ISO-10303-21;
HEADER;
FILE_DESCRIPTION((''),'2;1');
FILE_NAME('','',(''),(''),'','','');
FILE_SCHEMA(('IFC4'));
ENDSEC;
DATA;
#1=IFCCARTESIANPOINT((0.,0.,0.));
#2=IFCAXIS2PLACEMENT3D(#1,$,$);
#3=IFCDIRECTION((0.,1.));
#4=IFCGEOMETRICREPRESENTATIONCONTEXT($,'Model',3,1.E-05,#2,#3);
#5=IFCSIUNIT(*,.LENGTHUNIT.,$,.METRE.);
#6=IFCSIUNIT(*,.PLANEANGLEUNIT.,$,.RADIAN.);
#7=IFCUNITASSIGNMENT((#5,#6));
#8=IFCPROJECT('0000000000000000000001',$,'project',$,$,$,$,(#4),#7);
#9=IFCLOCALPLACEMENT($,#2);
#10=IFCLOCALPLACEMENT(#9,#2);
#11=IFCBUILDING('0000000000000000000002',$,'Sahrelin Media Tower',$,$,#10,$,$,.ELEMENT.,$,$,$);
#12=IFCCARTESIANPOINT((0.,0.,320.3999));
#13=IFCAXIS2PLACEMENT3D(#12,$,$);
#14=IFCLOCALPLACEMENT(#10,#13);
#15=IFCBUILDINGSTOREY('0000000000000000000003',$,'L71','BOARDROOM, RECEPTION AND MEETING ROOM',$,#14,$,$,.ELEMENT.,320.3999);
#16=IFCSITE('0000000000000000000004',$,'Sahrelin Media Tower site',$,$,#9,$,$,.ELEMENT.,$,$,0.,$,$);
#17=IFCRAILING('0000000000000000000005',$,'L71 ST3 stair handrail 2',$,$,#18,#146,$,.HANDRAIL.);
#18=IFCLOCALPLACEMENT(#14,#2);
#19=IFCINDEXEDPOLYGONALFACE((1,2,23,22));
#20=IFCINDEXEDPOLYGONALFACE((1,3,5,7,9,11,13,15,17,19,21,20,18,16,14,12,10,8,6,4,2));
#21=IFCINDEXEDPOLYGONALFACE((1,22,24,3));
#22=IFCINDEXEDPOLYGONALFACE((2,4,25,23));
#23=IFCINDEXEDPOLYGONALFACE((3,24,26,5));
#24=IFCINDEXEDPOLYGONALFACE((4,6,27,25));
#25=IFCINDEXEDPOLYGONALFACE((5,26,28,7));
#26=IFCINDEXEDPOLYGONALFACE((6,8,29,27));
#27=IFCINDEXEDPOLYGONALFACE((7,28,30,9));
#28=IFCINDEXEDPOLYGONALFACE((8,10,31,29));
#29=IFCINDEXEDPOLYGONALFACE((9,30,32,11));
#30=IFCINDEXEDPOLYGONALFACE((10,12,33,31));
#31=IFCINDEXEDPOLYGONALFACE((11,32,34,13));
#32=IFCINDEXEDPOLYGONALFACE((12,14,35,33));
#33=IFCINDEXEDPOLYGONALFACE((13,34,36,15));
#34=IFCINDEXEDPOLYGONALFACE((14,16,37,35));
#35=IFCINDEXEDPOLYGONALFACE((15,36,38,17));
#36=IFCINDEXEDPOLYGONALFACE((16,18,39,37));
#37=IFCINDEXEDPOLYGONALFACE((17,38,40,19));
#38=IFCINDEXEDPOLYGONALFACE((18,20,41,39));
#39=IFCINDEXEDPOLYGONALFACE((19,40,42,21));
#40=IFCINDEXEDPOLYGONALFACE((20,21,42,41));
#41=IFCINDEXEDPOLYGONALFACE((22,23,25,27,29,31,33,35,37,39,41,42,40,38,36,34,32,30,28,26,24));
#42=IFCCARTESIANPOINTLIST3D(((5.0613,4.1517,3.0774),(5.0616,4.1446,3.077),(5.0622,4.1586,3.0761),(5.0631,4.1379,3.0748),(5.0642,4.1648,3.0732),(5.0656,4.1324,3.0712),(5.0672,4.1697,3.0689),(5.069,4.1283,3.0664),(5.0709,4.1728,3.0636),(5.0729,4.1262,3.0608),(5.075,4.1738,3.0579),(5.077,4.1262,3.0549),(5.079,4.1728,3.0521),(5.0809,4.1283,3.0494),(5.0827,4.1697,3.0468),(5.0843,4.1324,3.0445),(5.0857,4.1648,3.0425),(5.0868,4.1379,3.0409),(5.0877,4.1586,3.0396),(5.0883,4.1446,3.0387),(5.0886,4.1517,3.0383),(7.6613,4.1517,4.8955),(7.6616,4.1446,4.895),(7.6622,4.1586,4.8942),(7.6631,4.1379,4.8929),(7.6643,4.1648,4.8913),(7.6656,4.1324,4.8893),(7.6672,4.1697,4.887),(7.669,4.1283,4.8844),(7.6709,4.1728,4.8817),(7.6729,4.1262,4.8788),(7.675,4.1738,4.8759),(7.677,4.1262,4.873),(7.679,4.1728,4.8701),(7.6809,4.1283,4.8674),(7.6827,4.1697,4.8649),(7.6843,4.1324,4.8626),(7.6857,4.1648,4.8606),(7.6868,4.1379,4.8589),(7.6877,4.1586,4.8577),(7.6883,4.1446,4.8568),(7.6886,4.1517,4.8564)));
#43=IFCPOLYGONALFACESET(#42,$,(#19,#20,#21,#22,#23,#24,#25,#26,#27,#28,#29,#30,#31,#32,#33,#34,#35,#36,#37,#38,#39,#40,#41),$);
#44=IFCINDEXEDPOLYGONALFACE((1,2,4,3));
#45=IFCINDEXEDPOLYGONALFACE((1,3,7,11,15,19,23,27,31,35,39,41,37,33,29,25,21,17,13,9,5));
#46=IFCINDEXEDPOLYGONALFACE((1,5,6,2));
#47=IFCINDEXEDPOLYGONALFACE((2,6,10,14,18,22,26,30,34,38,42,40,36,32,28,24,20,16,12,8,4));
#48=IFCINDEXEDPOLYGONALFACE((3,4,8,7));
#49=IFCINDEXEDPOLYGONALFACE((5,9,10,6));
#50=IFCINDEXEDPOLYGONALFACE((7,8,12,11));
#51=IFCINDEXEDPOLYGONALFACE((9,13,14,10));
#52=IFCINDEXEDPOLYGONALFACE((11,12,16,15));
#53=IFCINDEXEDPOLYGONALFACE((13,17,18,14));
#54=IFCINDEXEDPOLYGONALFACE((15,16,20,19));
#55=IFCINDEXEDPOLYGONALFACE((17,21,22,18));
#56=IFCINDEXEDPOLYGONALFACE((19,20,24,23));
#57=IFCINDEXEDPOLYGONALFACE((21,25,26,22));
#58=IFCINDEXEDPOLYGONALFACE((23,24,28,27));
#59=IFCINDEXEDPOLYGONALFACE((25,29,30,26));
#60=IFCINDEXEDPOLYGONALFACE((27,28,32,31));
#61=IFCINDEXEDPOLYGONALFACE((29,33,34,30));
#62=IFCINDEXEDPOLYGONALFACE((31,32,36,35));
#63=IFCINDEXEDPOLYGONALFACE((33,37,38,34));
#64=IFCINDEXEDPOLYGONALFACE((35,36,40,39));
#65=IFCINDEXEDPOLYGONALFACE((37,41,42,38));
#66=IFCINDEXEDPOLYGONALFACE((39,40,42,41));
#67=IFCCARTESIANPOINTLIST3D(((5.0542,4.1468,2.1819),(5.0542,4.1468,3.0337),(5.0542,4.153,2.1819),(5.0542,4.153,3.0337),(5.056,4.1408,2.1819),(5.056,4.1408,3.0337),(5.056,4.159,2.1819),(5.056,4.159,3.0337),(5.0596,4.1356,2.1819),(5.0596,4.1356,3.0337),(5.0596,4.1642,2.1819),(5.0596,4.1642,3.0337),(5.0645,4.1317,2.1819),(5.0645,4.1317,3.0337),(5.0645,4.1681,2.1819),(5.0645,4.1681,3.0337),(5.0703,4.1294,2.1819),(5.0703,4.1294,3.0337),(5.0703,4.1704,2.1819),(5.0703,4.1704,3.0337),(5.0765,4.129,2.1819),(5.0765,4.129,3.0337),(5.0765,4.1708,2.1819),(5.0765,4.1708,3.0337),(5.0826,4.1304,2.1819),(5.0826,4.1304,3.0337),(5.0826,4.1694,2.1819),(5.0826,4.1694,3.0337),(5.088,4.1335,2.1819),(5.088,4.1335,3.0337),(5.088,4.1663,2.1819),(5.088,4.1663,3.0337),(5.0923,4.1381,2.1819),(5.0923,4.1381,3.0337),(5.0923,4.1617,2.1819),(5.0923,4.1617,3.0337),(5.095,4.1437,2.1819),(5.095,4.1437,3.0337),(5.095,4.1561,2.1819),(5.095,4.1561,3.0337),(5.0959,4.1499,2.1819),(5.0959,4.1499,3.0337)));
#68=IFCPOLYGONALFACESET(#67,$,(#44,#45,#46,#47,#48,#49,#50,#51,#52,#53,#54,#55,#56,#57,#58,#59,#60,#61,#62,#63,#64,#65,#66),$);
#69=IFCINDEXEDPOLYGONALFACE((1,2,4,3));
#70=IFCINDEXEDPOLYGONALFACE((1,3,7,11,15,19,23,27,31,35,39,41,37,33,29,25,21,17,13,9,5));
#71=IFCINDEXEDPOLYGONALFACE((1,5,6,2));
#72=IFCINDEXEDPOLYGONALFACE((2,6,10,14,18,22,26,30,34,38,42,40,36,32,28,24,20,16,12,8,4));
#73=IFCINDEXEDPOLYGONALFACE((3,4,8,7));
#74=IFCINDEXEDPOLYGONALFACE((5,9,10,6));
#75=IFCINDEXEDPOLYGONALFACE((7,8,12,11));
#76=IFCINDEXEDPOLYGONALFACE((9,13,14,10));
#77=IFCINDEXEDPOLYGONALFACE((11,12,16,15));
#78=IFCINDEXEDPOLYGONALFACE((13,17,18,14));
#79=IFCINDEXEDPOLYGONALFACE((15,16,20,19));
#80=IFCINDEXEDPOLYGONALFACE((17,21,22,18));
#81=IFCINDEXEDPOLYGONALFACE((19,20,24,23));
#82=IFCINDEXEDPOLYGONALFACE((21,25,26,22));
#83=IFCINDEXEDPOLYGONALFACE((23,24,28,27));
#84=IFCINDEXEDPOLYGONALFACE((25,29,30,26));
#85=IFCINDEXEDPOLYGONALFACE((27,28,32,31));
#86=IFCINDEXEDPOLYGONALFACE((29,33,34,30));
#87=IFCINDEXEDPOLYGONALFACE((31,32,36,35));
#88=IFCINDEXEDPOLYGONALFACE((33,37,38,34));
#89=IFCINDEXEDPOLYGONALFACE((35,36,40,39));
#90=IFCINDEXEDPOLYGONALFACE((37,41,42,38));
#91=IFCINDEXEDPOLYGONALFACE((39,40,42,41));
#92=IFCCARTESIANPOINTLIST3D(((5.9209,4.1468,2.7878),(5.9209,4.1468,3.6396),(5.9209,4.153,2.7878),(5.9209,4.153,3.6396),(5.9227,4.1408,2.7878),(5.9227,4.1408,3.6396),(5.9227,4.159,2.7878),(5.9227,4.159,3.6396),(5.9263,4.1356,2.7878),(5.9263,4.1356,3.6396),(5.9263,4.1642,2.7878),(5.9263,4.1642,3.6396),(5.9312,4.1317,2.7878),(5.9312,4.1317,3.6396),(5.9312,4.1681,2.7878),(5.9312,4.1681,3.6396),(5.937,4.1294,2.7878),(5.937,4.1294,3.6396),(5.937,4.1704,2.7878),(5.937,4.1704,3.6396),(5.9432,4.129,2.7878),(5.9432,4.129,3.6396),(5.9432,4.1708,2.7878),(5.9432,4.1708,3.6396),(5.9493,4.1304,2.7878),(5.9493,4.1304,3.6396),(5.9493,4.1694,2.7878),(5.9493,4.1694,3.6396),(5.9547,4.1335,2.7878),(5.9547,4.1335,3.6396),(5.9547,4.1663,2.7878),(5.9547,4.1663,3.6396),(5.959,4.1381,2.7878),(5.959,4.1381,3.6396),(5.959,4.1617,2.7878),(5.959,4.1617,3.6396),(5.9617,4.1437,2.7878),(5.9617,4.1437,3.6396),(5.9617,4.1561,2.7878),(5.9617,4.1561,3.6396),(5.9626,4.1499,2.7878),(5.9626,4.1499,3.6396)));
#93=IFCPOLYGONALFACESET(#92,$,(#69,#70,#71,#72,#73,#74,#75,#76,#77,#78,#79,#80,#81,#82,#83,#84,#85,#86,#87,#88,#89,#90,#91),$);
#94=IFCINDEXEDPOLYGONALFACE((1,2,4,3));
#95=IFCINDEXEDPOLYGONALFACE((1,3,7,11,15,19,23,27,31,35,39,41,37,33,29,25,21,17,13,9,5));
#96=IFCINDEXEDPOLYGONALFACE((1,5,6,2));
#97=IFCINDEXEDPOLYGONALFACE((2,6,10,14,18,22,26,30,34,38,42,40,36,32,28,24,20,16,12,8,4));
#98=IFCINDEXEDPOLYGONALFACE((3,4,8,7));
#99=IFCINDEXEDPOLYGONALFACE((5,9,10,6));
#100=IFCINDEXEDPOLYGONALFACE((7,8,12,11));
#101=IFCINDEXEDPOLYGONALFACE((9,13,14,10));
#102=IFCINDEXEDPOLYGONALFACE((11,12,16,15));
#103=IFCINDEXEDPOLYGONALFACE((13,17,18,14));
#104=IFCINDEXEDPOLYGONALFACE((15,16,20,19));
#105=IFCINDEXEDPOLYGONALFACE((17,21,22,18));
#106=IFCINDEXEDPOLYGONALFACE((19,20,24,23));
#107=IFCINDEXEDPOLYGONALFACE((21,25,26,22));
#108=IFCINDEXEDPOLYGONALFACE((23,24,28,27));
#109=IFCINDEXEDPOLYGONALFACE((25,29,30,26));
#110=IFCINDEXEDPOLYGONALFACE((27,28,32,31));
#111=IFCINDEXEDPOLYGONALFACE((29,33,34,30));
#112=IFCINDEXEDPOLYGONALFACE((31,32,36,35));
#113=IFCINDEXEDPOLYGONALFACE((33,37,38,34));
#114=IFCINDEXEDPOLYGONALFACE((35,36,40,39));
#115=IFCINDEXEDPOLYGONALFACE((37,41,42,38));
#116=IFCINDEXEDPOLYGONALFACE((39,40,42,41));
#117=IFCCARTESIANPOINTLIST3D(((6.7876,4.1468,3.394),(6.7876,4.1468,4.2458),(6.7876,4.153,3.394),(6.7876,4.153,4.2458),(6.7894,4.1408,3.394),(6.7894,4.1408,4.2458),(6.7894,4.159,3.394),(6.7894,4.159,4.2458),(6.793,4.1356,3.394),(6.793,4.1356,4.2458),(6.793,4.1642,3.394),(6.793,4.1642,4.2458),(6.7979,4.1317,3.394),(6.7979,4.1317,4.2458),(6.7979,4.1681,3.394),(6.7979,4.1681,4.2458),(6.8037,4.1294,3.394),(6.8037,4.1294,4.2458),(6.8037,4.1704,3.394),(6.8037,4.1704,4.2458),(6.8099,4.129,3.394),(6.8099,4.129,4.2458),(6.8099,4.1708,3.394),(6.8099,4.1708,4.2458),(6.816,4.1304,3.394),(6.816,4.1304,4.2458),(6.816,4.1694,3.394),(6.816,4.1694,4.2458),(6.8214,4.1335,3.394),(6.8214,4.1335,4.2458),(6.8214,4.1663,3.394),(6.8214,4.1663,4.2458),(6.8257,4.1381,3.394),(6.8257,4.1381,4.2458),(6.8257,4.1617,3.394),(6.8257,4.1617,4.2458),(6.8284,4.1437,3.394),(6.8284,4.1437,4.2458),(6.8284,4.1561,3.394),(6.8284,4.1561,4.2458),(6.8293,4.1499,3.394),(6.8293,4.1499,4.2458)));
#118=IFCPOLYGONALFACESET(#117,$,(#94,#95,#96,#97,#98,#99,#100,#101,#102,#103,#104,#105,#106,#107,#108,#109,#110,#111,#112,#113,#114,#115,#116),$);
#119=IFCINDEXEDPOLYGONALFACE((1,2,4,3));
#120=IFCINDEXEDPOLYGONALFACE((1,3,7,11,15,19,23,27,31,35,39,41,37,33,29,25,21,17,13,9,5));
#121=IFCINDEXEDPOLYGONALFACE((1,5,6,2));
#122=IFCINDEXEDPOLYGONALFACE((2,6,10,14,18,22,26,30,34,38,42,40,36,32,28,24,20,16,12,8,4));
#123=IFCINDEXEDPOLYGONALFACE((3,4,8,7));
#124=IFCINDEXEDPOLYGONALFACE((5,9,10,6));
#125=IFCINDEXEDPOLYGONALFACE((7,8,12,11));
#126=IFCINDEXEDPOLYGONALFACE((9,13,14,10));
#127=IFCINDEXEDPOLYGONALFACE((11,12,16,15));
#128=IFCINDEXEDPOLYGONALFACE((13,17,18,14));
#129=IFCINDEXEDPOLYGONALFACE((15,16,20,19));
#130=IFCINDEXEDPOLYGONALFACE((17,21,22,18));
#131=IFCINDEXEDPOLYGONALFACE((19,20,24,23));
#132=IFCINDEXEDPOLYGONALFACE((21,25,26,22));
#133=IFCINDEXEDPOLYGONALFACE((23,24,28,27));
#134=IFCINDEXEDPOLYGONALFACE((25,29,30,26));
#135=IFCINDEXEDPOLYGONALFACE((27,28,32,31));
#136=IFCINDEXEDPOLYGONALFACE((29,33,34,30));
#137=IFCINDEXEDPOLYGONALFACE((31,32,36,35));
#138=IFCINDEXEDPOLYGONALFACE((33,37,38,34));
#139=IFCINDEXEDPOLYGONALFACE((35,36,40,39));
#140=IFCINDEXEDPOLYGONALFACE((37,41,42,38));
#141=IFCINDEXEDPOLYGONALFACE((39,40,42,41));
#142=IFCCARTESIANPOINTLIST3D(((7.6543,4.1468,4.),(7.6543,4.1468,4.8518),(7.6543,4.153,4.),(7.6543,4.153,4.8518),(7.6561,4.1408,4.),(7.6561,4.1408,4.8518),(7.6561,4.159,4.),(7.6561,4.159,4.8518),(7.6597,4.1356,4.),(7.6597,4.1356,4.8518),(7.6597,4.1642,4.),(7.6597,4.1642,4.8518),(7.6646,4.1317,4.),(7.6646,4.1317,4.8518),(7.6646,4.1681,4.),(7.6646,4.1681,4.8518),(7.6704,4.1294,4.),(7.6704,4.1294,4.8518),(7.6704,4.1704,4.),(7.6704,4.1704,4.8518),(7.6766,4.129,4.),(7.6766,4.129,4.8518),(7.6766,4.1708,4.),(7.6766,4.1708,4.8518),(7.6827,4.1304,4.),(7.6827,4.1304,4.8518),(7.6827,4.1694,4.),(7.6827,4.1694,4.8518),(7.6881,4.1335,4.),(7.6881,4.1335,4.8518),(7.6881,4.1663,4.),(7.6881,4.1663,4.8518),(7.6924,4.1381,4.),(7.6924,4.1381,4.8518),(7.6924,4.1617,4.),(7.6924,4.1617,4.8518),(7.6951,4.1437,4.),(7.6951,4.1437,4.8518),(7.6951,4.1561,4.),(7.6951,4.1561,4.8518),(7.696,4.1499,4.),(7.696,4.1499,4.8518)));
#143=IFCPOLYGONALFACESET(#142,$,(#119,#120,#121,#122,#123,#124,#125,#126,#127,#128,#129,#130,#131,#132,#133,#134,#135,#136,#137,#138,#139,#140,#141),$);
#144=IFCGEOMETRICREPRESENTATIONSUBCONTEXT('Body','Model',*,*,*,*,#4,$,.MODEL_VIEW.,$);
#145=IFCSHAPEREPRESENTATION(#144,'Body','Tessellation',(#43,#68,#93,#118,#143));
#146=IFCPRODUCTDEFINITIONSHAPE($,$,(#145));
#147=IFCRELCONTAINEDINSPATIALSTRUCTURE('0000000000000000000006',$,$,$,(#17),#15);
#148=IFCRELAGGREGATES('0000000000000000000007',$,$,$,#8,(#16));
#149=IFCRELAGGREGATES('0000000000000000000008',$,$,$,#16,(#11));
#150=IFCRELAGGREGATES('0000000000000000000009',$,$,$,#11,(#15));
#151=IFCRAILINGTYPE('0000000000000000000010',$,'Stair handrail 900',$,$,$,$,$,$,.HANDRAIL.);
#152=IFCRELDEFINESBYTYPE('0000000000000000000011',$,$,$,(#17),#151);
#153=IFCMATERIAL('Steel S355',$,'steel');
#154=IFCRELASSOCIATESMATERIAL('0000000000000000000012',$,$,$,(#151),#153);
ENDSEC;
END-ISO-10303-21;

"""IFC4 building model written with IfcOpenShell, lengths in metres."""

from ifc_helpers import new_model, si_unit, direction, frame, origin, origin_2d, place, context, subcontext, project, spatial, circle, extrude, material, type_object, element, save


model = new_model("IFC4")

# Units and contexts
model_context = context("Model", 3, precision=1e-05, world=origin(), true_north=direction((0.0, 1.0)))
body_context = subcontext(model_context, "Body", "Model", "MODEL_VIEW")
ifc_project = project(units=[si_unit("LENGTHUNIT", "METRE"), si_unit("PLANEANGLEUNIT", "RADIAN")], contexts=[model_context])

# Site, building, storey
site_placement = place(None, origin())
site = spatial("IfcSite", under=ifc_project, at=site_placement, Name="Sahrelin Media Tower site", CompositionType="ELEMENT", RefElevation=0.0)
building_placement = place(site_placement, origin())
building = spatial("IfcBuilding", under=site, at=building_placement, Name="Sahrelin Media Tower", CompositionType="ELEMENT")
storey_placement = place(building_placement, frame((0.0, 0.0, 320.3999)))
storey = spatial("IfcBuildingStorey", under=building, at=storey_placement, Name="L71", Description="BOARDROOM, RECEPTION AND MEETING ROOM", CompositionType="ELEMENT", Elevation=320.3999)

# Shared definitions
ifc_material_1 = material(Name="Steel S355", Category="steel")

# Railing
railing_type_1 = type_object("IfcRailingType", Name="Stair handrail 900", PredefinedType="HANDRAIL", material=ifc_material_1)
railing_1_placement = place(storey_placement, frame((5.075, 4.1499, 2.1819)))
element("IfcRailing", 1, at=railing_1_placement, inside=storey, type_object=railing_type_1, Name="L71 ST3 stair handrail 2", PredefinedType="HANDRAIL", context=body_context, shape_type="SweptSolid", body=[
    extrude(circle(Radius=0.0239, at=origin_2d()), frame((0.0, 0.0, 0.876), z_axis=(0.819521, 0.0, 0.573049), x_axis=(0.0, 1.0, 0.0)), (0.0, 0.0, 1.0), 3.1726),
    extrude(circle(Radius=0.021, at=origin_2d()), origin(), (0.0, 0.0, 1.0), 0.8518),
    extrude(circle(Radius=0.021, at=origin_2d()), frame((0.8667, 0.0, 0.606)), (0.0, 0.0, 1.0), 0.8518),
    extrude(circle(Radius=0.021, at=origin_2d()), frame((1.7334, 0.0, 1.2122)), (0.0, 0.0, 1.0), 0.8518),
    extrude(circle(Radius=0.021, at=origin_2d()), frame((2.6001, 0.0, 1.8181)), (0.0, 0.0, 1.0), 0.8518),
])

save(model, "model.ifc")
